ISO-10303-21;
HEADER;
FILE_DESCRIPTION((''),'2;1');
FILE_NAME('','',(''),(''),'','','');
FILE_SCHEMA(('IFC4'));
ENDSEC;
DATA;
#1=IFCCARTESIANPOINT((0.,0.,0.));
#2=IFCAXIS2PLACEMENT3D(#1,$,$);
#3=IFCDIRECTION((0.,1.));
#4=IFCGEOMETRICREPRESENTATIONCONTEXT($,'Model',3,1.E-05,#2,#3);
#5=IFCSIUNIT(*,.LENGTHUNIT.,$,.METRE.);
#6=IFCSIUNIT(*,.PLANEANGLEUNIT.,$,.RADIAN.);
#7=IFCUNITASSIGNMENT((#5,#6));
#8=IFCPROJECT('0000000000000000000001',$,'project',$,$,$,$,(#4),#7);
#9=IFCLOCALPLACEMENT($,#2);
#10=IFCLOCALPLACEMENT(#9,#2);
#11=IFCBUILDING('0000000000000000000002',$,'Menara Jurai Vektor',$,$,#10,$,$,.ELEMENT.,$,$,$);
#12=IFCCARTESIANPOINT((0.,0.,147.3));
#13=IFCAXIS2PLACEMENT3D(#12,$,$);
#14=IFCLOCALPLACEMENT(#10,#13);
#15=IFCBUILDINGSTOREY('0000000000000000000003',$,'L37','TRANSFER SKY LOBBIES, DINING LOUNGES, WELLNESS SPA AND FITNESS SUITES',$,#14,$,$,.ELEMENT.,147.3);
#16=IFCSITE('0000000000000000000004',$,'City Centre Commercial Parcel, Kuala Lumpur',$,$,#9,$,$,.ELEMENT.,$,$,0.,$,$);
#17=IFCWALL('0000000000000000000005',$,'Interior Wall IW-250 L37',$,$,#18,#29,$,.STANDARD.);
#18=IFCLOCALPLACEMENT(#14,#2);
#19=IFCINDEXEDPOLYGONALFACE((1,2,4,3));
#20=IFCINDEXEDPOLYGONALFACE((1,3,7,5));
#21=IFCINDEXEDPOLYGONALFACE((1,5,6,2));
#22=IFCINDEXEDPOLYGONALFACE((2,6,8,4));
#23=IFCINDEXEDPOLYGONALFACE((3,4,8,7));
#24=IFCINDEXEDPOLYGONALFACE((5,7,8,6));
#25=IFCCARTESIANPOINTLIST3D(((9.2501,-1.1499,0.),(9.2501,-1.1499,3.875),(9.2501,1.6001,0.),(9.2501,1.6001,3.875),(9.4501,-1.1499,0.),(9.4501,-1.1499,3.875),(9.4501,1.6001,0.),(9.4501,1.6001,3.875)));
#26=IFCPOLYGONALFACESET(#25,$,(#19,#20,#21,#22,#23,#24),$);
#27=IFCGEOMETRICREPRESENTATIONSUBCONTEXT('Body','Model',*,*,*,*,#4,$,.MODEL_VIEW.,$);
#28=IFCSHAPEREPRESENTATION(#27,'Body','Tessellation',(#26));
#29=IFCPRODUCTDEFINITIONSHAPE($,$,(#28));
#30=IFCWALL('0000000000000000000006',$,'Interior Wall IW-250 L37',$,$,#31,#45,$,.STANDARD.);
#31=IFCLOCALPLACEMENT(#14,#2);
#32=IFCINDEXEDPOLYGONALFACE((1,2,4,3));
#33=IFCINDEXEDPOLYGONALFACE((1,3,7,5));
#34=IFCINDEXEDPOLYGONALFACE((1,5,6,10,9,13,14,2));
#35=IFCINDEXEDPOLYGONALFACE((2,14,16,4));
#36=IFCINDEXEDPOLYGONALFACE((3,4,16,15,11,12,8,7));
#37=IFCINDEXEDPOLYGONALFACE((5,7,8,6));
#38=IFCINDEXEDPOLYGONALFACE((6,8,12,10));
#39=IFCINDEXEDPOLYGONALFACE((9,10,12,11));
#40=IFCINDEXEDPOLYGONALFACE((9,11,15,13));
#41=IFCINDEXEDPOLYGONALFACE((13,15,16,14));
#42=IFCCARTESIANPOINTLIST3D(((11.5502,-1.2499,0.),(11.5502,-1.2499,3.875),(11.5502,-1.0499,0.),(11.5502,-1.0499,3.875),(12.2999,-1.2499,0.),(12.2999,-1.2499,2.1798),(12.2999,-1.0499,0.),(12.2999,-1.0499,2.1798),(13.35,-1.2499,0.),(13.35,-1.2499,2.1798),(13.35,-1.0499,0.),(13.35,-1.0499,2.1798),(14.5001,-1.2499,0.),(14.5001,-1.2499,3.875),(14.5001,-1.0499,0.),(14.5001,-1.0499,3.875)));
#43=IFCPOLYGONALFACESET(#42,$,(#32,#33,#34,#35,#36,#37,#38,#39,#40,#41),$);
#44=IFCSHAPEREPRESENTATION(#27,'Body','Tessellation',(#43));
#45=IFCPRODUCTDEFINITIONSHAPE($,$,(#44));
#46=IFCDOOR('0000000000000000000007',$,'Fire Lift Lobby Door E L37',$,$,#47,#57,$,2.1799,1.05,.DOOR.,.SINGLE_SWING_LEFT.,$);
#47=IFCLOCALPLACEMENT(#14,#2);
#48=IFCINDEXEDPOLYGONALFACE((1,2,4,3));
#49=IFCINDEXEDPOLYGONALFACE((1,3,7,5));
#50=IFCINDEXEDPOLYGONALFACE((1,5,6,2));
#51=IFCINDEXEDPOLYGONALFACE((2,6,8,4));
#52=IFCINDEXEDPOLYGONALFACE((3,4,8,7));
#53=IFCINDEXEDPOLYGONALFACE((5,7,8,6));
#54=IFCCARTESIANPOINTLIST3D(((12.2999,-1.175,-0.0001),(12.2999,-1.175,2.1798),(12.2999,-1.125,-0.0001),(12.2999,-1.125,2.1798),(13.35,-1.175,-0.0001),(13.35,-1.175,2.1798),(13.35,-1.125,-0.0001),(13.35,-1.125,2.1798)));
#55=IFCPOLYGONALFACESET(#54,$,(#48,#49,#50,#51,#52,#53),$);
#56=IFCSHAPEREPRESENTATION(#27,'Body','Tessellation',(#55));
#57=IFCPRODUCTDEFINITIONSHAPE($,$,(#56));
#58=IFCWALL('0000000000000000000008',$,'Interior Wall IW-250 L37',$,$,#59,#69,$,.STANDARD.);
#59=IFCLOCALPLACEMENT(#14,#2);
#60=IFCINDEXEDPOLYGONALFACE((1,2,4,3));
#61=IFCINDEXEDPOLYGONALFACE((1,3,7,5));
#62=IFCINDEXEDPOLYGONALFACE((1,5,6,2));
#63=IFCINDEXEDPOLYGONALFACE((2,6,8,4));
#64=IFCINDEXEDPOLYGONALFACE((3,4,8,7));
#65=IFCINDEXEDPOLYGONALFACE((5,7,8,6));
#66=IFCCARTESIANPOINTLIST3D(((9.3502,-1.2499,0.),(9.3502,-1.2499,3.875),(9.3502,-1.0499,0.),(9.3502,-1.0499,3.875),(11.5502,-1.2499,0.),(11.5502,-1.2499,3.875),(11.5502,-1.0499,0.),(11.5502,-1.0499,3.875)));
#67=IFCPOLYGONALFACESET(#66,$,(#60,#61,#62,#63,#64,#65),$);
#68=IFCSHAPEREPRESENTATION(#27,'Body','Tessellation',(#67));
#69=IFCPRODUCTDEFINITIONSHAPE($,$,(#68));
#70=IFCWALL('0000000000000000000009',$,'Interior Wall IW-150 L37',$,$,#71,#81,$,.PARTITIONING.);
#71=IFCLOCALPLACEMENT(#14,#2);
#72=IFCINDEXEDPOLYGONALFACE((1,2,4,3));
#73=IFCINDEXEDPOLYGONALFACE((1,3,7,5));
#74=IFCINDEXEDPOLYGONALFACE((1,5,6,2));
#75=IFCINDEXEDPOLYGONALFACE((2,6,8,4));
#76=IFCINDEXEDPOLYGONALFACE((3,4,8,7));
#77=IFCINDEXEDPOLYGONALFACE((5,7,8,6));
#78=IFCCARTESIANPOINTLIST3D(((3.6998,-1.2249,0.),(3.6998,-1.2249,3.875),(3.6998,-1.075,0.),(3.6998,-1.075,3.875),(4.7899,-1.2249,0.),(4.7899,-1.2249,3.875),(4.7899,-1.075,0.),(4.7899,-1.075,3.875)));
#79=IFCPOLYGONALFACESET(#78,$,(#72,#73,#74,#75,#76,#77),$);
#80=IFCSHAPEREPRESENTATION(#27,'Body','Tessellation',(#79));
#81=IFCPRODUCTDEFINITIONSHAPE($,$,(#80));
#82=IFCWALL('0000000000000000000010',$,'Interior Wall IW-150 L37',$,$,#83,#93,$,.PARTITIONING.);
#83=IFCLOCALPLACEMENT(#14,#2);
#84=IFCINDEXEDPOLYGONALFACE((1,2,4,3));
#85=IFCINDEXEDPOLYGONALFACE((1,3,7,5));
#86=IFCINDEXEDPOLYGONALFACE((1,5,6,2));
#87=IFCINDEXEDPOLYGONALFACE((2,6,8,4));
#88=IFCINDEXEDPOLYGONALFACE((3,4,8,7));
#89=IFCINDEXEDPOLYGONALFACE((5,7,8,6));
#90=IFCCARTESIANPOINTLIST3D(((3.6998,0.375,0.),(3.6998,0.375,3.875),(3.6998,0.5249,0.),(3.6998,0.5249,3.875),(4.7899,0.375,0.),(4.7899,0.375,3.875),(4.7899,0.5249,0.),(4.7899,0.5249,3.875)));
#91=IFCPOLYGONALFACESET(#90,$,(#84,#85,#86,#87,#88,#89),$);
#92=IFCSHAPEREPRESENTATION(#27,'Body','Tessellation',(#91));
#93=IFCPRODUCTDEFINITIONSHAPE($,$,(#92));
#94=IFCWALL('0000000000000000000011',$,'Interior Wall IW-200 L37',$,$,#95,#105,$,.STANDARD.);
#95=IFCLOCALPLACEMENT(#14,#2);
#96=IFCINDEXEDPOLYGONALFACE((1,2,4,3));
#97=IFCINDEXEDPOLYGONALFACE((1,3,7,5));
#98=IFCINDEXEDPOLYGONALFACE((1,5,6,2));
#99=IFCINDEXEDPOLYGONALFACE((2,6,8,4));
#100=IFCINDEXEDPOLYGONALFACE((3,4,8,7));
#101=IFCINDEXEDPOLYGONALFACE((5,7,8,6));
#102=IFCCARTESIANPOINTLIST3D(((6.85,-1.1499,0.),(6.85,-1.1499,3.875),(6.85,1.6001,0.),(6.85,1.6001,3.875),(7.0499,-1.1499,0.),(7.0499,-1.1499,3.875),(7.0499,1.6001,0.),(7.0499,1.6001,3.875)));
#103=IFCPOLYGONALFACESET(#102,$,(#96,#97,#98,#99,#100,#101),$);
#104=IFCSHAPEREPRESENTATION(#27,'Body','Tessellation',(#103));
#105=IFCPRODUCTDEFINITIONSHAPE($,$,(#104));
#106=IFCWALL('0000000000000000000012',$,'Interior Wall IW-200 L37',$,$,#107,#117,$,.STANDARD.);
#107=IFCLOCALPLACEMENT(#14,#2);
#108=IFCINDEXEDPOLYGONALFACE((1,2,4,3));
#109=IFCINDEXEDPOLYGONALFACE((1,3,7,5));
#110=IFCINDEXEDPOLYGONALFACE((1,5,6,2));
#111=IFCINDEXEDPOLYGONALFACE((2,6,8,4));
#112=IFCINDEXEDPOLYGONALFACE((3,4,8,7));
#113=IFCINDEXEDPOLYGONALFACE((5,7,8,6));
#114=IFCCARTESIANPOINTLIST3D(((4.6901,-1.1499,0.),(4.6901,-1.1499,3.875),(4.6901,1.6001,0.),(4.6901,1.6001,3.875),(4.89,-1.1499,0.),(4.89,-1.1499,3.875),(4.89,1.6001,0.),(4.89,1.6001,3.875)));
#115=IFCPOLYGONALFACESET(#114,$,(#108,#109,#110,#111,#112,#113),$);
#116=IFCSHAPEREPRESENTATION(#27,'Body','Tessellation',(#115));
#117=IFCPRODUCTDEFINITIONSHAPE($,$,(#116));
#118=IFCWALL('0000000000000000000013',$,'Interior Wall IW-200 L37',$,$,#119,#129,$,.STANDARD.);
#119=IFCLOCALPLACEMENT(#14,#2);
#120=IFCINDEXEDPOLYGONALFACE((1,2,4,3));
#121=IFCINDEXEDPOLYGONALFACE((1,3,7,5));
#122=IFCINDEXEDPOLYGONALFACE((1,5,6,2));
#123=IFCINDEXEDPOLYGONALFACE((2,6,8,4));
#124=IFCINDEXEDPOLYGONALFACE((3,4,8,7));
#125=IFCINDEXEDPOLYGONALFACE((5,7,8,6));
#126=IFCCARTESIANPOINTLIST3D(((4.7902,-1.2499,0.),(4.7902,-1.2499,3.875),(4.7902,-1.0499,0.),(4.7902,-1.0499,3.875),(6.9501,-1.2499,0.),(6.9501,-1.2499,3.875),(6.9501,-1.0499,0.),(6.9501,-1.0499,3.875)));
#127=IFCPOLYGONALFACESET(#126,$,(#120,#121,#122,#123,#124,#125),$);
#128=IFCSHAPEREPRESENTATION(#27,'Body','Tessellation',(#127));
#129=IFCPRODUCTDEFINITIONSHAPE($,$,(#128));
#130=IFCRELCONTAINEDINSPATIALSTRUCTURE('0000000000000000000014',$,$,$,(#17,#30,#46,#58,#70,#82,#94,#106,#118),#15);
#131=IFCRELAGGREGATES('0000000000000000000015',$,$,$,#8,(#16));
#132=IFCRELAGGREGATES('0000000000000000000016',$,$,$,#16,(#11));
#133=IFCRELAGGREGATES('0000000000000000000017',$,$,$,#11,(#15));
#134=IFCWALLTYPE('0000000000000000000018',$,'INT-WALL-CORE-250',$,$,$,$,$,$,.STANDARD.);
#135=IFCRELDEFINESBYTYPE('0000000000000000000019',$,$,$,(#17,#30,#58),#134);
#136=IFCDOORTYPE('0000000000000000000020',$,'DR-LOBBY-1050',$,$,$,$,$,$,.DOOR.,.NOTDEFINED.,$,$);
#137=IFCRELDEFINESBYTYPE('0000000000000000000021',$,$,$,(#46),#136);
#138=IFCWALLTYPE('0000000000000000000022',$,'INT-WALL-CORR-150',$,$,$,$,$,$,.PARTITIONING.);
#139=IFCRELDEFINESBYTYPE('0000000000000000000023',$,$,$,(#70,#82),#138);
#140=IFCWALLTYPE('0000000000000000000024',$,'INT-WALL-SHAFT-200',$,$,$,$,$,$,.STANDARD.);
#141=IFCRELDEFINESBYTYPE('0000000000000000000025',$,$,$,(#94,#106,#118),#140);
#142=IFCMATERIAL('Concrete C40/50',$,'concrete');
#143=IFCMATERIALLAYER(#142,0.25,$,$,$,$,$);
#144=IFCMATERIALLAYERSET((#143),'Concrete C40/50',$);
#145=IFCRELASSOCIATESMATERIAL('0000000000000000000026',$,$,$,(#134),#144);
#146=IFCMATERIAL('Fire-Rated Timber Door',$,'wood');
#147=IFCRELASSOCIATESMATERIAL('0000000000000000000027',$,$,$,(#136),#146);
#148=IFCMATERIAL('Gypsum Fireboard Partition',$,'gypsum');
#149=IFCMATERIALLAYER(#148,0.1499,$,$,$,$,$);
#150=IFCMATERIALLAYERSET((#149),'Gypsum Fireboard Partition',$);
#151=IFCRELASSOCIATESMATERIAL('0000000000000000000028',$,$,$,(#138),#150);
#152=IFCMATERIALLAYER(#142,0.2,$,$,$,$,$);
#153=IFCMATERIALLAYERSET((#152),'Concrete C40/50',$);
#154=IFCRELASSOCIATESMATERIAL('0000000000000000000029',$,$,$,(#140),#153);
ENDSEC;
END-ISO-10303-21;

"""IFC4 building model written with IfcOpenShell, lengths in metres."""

from ifc_helpers import new_model, si_unit, direction, frame, frame_2d, origin, place, context, subcontext, project, spatial, rectangle, extrude, material, layer, layer_set, type_object, element, fill, save


model = new_model("IFC4")

# Units and contexts
model_context = context("Model", 3, precision=1e-05, world=origin(), true_north=direction((0.0, 1.0)))
body_context = subcontext(model_context, "Body", "Model", "MODEL_VIEW")
ifc_project = project(units=[si_unit("LENGTHUNIT", "METRE"), si_unit("PLANEANGLEUNIT", "RADIAN")], contexts=[model_context])

# Site, building, storey
site_placement = place(None, origin())
site = spatial("IfcSite", under=ifc_project, at=site_placement, Name="City Centre Commercial Parcel, Kuala Lumpur", CompositionType="ELEMENT", RefElevation=0.0)
building_placement = place(site_placement, origin())
building = spatial("IfcBuilding", under=site, at=building_placement, Name="Menara Jurai Vektor", CompositionType="ELEMENT")
storey_placement = place(building_placement, frame((0.0, 0.0, 147.3)))
storey = spatial("IfcBuildingStorey", under=building, at=storey_placement, Name="L37", Description="TRANSFER SKY LOBBIES, DINING LOUNGES, WELLNESS SPA AND FITNESS SUITES", CompositionType="ELEMENT", Elevation=147.3)

# Shared definitions
ifc_material_1 = material(Name="Concrete C40/50", Category="concrete")
ifc_layer_1 = layer(ifc_material_1, 0.25)
ifc_layer_set_1 = layer_set([ifc_layer_1], Name="Concrete C40/50")
wall_type_1 = type_object("IfcWallType", Name="INT-WALL-CORE-250", PredefinedType="STANDARD", material=ifc_layer_set_1)

# Wall
wall_1_placement = place(storey_placement, frame((9.3501, -1.1499, 0.0), z_axis=(0.0, 0.0, 1.0), x_axis=(0.0, 1.0, 0.0)))
element("IfcWall", 1, at=wall_1_placement, inside=storey, type_object=wall_type_1, Name="Interior Wall IW-250 L37", PredefinedType="STANDARD", context=body_context, shape_type="SweptSolid", body=[
    extrude(rectangle(XDim=2.75, YDim=0.2, at=frame_2d((1.375, 0.0))), origin(), (0.0, 0.0, 1.0), 3.875),
])

# Wall, opening, door
wall_2_placement = place(storey_placement, frame((11.55, -1.1499, 0.0), z_axis=(0.0, 0.0, 1.0), x_axis=(1.0, 0.0, 0.0)))
wall_2 = element("IfcWall", 2, at=wall_2_placement, inside=storey, type_object=wall_type_1, Name="Interior Wall IW-250 L37", PredefinedType="STANDARD", context=body_context, shape_type="SweptSolid", body=[
    extrude(rectangle(XDim=2.95, YDim=0.2, at=frame_2d((1.4751, 0.0))), origin(), (0.0, 0.0, 1.0), 3.875),
])
opening_1_placement = place(wall_2_placement, frame((0.75, 0.0, 0.0)))
opening_1 = element("IfcOpeningElement", 3, at=opening_1_placement, cuts=wall_2, PredefinedType="OPENING", context=body_context, shape_type="SweptSolid", body=[
    extrude(rectangle(XDim=1.05, YDim=2.1799, at=frame_2d((0.5249, 1.0898))), frame((0.0, 0.1099, 0.0), z_axis=(0.0, -1.0, 0.0), x_axis=(1.0, 0.0, 0.0)), (0.0, 0.0, 1.0), 0.22),
])
ifc_material_2 = material(Name="Fire-Rated Timber Door", Category="wood")
door_type_1 = type_object("IfcDoorType", Name="DR-LOBBY-1050", OperationType="NOTDEFINED", PredefinedType="DOOR", material=ifc_material_2)
door_1_placement = place(opening_1_placement, origin())
door_1 = element("IfcDoor", 4, at=door_1_placement, inside=storey, type_object=door_type_1, Name="Fire Lift Lobby Door E L37", OperationType="SINGLE_SWING_LEFT", OverallHeight=2.1799, OverallWidth=1.05, PredefinedType="DOOR", context=body_context, shape_type="SweptSolid", body=[
    extrude(rectangle(XDim=1.05, YDim=2.1799, at=frame_2d((0.5249, 1.0898))), frame((0.0, 0.0249, 0.0), z_axis=(0.0, -1.0, 0.0), x_axis=(1.0, 0.0, 0.0)), (0.0, 0.0, 1.0), 0.05),
])
fill(opening_1, door_1)

# Walls
wall_3_placement = place(storey_placement, frame((9.3501, -1.1499, 0.0), z_axis=(0.0, 0.0, 1.0), x_axis=(1.0, 0.0, 0.0)))
element("IfcWall", 5, at=wall_3_placement, inside=storey, type_object=wall_type_1, Name="Interior Wall IW-250 L37", PredefinedType="STANDARD", context=body_context, shape_type="SweptSolid", body=[
    extrude(rectangle(XDim=2.2, YDim=0.2, at=frame_2d((1.1001, 0.0))), origin(), (0.0, 0.0, 1.0), 3.875),
])
ifc_material_3 = material(Name="Gypsum Fireboard Partition", Category="gypsum")
ifc_layer_2 = layer(ifc_material_3, 0.1499)
ifc_layer_set_2 = layer_set([ifc_layer_2], Name="Gypsum Fireboard Partition")
wall_type_2 = type_object("IfcWallType", Name="INT-WALL-CORR-150", PredefinedType="PARTITIONING", material=ifc_layer_set_2)
for number, where, z_axis, x_axis, name in (
    (6, (3.7, -1.1499, 0.0), (0.0, 0.0, 1.0), (1.0, 0.0, 0.0), "Interior Wall IW-150 L37"),
    (7, (3.7, 0.45, 0.0), (0.0, 0.0, 1.0), (1.0, 0.0, 0.0), "Interior Wall IW-150 L37"),
):
    element("IfcWall", number, at=place(storey_placement, frame(where, z_axis=z_axis, x_axis=x_axis)), inside=storey, type_object=wall_type_2, Name=name, PredefinedType="PARTITIONING", context=body_context, shape_type="SweptSolid", body=[
        extrude(rectangle(XDim=1.0901, YDim=0.1499, at=frame_2d((0.5449, 0.0))), origin(), (0.0, 0.0, 1.0), 3.875),
    ])

# Shared definitions
ifc_layer_3 = layer(ifc_material_1, 0.2)
ifc_layer_set_3 = layer_set([ifc_layer_3], Name="Concrete C40/50")
wall_type_3 = type_object("IfcWallType", Name="INT-WALL-SHAFT-200", PredefinedType="STANDARD", material=ifc_layer_set_3)

# Wall
wall_4_placement = place(storey_placement, frame((6.95, -1.1499, 0.0), z_axis=(0.0, 0.0, 1.0), x_axis=(0.0, 1.0, 0.0)))
element("IfcWall", 8, at=wall_4_placement, inside=storey, type_object=wall_type_3, Name="Interior Wall IW-200 L37", PredefinedType="STANDARD", context=body_context, shape_type="SweptSolid", body=[
    extrude(rectangle(XDim=2.75, YDim=0.2, at=frame_2d((1.375, 0.0))), origin(), (0.0, 0.0, 1.0), 3.875),
])

# Walls
wall_5_placement = place(storey_placement, frame((4.79, -1.1499, 0.0), z_axis=(0.0, 0.0, 1.0), x_axis=(0.0, 1.0, 0.0)))
element("IfcWall", 9, at=wall_5_placement, inside=storey, type_object=wall_type_3, Name="Interior Wall IW-200 L37", PredefinedType="STANDARD", context=body_context, shape_type="SweptSolid", body=[
    extrude(rectangle(XDim=2.75, YDim=0.2, at=frame_2d((1.375, 0.0))), origin(), (0.0, 0.0, 1.0), 3.875),
])
wall_6_placement = place(storey_placement, frame((4.79, -1.1499, 0.0), z_axis=(0.0, 0.0, 1.0), x_axis=(1.0, 0.0, 0.0)))
element("IfcWall", 10, at=wall_6_placement, inside=storey, type_object=wall_type_3, Name="Interior Wall IW-200 L37", PredefinedType="STANDARD", context=body_context, shape_type="SweptSolid", body=[
    extrude(rectangle(XDim=2.1599, YDim=0.2, at=frame_2d((1.0801, 0.0))), origin(), (0.0, 0.0, 1.0), 3.875),
])

save(model, "model.ifc")
